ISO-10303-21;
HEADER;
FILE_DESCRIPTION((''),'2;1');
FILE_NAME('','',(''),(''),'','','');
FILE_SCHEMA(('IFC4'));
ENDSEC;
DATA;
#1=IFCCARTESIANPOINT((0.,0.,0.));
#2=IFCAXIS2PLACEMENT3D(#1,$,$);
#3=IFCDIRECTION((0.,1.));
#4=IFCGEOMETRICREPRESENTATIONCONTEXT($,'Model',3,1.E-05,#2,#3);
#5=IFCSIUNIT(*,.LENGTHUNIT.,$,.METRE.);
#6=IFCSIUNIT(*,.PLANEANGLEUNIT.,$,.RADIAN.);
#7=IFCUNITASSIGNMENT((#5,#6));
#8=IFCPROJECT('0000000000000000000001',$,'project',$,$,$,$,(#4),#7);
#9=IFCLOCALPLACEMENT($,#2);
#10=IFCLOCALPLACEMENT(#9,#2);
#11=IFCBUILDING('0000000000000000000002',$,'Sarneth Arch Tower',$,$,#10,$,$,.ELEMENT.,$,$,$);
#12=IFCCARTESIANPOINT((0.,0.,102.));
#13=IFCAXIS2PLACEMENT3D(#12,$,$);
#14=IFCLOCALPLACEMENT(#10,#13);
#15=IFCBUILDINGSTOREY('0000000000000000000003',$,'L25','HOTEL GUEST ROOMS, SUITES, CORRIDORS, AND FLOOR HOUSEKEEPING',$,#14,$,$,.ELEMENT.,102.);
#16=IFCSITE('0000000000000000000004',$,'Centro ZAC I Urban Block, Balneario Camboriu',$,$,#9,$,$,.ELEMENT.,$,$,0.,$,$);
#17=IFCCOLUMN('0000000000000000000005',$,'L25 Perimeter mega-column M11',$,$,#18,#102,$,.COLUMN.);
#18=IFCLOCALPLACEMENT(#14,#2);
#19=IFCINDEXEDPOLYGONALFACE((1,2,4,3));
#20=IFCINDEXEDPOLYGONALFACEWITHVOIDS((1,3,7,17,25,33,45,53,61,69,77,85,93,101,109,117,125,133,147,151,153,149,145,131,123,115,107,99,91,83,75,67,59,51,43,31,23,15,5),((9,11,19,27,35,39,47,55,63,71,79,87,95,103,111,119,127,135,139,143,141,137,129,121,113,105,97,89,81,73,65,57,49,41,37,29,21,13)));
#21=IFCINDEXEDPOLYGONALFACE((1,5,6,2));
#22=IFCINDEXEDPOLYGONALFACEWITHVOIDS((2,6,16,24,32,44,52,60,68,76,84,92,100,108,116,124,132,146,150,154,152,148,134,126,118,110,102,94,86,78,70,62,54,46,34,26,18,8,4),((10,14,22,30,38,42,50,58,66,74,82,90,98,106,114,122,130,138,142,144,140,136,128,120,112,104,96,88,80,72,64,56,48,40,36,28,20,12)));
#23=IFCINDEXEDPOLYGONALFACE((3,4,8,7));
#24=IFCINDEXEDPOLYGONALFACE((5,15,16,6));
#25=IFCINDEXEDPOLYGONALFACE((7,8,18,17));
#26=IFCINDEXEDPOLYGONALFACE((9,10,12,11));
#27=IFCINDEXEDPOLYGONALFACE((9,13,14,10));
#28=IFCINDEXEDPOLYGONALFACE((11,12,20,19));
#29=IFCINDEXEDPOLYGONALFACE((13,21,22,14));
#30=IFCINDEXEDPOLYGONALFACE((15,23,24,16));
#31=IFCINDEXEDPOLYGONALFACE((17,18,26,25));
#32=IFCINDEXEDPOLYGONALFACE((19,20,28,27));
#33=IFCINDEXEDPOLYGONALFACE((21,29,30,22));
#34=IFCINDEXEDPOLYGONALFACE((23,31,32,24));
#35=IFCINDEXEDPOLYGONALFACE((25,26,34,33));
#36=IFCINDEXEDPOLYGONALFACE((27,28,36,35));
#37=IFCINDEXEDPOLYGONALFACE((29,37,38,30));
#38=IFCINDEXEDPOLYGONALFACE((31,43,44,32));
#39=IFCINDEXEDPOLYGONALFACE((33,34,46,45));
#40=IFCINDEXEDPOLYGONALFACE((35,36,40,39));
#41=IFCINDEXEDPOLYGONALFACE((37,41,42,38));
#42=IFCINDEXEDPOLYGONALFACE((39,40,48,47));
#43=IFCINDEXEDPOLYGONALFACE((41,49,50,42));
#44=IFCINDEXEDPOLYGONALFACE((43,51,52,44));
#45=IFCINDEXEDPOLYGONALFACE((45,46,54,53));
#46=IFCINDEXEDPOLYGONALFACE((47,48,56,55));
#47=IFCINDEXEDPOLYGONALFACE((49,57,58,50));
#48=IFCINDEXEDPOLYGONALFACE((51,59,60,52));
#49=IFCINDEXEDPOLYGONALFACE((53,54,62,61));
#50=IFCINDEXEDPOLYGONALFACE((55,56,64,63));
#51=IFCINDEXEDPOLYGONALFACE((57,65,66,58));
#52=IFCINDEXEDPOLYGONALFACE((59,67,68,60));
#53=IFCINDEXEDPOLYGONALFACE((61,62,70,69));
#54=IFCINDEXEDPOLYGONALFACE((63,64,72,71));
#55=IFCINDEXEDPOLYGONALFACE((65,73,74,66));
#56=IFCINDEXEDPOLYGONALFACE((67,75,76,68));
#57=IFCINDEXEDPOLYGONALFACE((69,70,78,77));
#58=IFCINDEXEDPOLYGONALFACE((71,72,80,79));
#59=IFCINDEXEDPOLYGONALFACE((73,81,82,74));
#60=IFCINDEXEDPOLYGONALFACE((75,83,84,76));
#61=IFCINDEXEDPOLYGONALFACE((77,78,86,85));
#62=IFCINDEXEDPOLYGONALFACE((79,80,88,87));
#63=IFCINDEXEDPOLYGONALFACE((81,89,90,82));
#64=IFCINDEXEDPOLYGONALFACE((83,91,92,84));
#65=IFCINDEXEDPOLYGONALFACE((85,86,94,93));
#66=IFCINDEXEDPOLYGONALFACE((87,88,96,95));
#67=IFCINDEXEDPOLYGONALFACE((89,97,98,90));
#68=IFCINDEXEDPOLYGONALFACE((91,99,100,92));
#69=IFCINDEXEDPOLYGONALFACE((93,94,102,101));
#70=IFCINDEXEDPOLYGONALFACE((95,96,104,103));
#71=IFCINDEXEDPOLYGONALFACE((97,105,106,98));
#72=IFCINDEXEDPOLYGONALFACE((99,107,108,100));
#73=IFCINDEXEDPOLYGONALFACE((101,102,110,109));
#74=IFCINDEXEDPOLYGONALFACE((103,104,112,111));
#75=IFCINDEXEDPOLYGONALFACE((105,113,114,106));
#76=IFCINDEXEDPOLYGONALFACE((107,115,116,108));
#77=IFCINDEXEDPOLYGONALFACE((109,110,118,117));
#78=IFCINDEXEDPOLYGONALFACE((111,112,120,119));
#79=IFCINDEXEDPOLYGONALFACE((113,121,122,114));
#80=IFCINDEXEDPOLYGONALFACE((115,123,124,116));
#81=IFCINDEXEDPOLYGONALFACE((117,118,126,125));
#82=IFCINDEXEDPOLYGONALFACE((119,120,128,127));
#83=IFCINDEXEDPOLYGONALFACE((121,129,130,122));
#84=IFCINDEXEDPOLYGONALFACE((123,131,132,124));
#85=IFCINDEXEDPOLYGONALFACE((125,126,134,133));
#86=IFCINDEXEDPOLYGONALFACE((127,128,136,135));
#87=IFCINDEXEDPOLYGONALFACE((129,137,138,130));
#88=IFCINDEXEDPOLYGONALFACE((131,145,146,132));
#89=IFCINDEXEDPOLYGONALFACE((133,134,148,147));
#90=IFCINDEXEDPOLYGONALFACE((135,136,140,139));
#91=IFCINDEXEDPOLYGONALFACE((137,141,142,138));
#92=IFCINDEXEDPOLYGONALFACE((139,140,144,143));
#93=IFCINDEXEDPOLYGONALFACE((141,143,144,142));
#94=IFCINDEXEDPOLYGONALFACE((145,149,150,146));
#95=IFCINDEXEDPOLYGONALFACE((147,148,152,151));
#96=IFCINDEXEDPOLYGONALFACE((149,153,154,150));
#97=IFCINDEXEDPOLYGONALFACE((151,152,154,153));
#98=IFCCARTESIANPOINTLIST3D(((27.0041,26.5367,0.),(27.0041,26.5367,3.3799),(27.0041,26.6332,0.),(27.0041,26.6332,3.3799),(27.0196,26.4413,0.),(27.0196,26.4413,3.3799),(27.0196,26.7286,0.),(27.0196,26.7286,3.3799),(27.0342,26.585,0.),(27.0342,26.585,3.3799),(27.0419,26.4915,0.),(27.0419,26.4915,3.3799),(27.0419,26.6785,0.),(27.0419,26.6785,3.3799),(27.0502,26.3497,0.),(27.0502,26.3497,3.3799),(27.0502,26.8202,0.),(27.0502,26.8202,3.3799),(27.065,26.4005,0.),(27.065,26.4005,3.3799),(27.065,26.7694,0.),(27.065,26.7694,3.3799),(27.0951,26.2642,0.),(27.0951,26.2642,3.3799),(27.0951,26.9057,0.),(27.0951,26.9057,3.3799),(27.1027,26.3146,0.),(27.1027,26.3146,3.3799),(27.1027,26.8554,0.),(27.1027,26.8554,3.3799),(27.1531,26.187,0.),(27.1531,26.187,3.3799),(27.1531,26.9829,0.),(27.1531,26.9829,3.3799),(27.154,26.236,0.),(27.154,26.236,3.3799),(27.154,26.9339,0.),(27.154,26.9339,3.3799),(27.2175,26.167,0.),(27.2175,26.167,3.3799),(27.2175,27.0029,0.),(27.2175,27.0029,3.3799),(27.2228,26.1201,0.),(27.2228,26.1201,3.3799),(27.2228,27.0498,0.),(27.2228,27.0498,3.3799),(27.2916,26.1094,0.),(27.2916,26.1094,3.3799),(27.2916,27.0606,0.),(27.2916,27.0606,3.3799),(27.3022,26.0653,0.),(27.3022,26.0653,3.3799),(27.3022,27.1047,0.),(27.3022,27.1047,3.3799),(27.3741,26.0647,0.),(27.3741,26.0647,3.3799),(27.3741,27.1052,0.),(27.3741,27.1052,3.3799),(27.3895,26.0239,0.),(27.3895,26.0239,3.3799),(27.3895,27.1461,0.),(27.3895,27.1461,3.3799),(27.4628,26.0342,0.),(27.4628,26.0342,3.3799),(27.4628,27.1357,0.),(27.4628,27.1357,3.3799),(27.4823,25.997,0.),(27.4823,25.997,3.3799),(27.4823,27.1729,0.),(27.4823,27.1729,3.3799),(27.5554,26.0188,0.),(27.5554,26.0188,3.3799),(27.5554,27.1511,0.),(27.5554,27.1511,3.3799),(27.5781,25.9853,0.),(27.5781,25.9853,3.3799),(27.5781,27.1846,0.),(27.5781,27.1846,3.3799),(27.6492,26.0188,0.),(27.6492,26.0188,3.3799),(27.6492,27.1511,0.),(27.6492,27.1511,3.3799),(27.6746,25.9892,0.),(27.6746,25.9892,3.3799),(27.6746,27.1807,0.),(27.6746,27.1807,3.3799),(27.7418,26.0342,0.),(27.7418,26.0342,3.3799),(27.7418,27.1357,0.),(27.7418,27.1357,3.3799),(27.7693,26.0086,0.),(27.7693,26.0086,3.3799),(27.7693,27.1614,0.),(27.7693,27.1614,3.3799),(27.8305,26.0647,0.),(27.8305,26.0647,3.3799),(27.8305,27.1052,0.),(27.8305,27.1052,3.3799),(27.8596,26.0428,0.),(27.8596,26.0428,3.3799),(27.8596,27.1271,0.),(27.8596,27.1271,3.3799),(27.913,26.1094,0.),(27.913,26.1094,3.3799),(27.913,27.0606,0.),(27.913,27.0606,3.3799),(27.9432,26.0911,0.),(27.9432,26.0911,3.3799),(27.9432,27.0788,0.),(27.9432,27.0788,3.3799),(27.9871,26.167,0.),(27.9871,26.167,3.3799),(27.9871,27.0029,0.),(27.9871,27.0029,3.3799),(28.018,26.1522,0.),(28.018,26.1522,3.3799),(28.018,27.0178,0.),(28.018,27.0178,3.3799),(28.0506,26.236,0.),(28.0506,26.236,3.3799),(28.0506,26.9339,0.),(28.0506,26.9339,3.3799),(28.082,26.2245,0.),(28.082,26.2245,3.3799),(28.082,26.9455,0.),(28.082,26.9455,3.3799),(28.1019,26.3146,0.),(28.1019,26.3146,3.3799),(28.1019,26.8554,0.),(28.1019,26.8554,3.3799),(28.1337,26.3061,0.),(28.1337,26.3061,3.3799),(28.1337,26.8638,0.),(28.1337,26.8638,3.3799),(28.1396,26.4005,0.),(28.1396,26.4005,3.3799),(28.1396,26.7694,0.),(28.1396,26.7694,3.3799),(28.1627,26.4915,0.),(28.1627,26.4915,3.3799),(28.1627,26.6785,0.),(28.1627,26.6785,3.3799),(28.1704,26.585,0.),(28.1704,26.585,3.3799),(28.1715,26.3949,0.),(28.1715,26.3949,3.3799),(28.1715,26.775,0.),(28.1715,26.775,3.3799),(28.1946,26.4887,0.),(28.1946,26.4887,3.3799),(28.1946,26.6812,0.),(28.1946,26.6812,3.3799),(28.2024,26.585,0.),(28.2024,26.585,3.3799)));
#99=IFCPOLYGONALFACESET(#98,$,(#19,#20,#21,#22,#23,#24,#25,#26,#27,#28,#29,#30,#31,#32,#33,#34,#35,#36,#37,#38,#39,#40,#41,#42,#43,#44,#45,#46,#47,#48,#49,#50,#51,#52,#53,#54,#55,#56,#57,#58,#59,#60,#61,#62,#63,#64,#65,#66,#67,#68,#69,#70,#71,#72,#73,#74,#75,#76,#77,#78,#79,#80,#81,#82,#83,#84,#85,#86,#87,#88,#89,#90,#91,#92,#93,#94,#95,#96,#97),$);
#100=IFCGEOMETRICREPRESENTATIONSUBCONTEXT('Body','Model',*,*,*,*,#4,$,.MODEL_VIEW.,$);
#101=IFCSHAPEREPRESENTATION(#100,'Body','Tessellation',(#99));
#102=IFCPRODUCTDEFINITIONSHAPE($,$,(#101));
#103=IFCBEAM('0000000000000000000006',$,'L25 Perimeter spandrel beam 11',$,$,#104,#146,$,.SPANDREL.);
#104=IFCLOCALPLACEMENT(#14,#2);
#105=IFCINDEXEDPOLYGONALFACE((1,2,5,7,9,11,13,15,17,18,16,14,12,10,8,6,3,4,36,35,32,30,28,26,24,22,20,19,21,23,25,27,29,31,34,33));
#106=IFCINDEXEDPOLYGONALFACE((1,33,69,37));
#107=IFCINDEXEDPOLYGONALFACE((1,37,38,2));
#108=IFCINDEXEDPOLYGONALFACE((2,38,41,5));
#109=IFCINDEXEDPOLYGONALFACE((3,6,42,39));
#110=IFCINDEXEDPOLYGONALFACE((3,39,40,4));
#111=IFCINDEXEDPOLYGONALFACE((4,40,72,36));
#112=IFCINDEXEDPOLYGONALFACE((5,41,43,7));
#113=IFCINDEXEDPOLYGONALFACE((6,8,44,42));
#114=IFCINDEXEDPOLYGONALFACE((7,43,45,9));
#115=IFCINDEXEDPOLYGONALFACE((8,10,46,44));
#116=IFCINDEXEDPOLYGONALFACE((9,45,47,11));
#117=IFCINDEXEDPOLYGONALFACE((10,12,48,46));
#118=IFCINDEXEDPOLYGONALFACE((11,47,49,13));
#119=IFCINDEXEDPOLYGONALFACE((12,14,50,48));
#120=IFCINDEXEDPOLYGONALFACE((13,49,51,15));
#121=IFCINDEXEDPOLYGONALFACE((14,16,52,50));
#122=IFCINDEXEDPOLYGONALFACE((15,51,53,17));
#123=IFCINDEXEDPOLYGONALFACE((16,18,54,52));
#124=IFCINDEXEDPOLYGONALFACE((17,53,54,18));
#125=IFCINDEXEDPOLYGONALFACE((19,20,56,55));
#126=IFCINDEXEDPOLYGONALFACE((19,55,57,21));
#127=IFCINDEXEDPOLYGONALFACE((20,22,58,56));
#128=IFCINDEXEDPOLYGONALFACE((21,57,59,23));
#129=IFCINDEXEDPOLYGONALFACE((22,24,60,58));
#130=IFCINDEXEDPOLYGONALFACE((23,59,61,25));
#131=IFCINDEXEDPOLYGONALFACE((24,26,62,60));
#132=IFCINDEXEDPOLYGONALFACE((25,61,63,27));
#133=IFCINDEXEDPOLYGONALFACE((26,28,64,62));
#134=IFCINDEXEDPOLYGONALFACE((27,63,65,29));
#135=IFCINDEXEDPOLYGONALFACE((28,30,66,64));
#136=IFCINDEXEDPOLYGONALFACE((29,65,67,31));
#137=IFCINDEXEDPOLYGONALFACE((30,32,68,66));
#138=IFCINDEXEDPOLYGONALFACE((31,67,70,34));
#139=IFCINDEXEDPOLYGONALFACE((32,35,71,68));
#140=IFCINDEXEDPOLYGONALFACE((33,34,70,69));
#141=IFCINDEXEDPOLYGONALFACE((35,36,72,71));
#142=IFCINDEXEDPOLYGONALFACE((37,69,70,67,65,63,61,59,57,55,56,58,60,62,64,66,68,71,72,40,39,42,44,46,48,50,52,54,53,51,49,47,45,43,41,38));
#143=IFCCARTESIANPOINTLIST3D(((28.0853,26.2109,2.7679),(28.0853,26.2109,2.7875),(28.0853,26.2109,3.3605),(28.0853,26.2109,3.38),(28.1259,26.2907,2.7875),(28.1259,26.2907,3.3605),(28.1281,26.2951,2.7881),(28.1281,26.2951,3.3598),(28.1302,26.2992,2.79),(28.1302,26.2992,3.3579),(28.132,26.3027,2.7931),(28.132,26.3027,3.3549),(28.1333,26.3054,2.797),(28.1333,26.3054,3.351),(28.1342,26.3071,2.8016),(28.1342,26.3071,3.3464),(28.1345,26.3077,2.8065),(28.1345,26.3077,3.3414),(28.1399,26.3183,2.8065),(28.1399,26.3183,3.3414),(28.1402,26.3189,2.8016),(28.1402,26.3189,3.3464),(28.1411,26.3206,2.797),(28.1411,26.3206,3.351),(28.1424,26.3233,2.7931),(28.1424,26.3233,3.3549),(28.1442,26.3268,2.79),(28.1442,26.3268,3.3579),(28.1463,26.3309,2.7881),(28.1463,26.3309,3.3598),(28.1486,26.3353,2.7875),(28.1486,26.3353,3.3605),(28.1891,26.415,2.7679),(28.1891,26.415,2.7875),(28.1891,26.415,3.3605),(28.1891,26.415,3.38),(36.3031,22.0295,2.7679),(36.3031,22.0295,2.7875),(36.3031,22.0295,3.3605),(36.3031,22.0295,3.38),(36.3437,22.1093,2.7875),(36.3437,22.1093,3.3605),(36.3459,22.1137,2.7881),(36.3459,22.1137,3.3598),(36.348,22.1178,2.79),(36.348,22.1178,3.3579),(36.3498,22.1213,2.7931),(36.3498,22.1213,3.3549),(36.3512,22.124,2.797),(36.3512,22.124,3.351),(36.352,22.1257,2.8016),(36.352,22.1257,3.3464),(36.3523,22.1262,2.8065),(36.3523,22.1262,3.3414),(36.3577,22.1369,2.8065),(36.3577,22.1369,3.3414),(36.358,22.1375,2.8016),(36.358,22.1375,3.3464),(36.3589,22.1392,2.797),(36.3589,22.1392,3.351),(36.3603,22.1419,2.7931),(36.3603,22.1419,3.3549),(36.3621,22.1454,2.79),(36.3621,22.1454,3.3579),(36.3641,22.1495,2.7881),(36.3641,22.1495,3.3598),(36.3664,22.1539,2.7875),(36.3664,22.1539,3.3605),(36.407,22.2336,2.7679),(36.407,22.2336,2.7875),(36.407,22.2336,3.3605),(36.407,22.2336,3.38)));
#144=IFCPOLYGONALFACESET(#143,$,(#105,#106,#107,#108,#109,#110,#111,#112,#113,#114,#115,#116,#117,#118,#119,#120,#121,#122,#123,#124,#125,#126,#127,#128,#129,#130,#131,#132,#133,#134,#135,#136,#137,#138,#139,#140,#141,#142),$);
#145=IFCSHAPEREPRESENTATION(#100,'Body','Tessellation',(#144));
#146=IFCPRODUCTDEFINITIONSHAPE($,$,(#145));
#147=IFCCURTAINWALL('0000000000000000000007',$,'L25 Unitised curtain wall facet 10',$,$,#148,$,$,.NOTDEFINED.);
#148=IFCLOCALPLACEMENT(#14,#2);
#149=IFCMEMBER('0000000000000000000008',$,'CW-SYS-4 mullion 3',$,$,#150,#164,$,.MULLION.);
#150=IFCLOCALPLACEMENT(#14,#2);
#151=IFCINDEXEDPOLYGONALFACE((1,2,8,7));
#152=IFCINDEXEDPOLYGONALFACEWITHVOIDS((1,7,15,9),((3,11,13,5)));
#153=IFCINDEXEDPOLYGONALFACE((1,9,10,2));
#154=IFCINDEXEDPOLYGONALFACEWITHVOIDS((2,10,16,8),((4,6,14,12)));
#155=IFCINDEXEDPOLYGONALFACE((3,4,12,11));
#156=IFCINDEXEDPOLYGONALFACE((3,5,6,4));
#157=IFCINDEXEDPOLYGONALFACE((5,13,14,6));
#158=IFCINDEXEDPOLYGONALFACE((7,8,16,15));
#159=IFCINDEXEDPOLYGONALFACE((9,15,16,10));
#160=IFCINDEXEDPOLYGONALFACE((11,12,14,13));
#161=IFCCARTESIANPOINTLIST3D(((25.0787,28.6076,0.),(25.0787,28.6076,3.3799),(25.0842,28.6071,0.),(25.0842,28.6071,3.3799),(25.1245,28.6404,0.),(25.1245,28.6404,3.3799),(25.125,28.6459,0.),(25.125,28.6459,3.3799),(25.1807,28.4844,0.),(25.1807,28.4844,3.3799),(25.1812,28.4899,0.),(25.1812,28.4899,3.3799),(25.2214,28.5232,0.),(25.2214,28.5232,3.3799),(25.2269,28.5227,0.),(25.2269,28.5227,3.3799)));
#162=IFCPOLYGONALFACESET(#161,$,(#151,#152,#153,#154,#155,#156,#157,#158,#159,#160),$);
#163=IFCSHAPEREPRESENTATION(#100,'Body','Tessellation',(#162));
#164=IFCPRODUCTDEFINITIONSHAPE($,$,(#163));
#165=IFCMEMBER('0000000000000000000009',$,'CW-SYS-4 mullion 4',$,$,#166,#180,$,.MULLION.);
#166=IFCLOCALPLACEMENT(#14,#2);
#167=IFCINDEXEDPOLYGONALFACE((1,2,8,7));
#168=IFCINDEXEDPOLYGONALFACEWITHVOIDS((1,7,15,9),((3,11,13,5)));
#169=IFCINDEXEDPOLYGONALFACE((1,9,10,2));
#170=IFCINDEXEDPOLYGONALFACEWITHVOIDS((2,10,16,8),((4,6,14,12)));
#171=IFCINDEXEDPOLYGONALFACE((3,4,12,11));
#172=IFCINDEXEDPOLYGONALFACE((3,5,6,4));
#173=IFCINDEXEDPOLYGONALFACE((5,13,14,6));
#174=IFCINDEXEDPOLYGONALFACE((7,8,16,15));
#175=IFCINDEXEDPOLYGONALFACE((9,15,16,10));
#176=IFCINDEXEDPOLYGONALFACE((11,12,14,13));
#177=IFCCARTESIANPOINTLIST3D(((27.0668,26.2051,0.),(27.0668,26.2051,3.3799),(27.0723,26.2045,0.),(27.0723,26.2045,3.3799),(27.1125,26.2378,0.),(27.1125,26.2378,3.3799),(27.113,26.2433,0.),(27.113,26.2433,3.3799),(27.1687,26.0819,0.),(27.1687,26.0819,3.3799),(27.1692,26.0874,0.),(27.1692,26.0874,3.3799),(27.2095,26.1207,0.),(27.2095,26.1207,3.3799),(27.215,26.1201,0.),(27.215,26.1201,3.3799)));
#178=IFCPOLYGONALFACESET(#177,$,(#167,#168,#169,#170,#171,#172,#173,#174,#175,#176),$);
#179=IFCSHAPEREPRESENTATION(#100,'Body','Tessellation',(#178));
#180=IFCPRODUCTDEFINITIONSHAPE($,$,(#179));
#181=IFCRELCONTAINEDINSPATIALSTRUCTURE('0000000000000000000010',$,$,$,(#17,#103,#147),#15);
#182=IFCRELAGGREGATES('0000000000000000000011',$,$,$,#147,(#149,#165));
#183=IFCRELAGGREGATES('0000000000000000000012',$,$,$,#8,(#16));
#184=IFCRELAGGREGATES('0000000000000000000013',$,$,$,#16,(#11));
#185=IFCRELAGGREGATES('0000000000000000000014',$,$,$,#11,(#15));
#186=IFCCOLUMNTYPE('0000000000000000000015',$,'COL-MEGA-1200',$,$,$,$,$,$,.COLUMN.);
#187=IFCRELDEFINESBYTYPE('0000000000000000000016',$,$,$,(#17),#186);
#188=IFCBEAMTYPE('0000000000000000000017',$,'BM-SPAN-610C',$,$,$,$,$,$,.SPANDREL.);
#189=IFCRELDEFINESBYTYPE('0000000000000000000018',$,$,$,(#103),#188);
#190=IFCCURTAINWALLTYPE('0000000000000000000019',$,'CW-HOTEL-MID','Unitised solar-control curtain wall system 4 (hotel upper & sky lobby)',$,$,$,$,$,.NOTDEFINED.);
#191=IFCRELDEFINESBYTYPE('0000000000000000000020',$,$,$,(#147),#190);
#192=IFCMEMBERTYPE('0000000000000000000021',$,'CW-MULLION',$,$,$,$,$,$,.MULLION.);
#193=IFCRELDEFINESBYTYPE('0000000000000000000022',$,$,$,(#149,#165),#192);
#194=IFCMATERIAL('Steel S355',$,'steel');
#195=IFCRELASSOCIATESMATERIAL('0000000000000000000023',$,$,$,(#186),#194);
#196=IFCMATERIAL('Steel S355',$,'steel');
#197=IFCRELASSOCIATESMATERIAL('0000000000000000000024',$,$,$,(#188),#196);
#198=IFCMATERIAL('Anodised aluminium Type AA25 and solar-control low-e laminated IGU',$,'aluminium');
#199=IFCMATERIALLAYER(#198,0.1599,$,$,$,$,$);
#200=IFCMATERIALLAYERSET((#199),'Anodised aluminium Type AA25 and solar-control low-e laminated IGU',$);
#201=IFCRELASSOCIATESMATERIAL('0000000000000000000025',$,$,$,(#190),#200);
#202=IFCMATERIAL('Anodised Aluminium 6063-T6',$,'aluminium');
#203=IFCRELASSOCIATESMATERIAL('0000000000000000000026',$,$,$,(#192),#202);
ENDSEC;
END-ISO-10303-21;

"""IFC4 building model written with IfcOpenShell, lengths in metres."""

from ifc_helpers import new_model, si_unit, direction, frame, origin, origin_2d, place, context, subcontext, project, spatial, hollow_rectangle, hollow_circle, i_section, extrude, material, layer, layer_set, material_profile, profile_set, type_object, element, aggregate, save


model = new_model("IFC4")

# Units and contexts
model_context = context("Model", 3, precision=1e-05, world=origin(), true_north=direction((0.0, 1.0)))
body_context = subcontext(model_context, "Body", "Model", "MODEL_VIEW")
ifc_project = project(units=[si_unit("LENGTHUNIT", "METRE"), si_unit("PLANEANGLEUNIT", "RADIAN")], contexts=[model_context])

# Site, building, storey
site_placement = place(None, origin())
site = spatial("IfcSite", under=ifc_project, at=site_placement, Name="Centro ZAC I Urban Block, Balneario Camboriu", CompositionType="ELEMENT", RefElevation=0.0)
building_placement = place(site_placement, origin())
building = spatial("IfcBuilding", under=site, at=building_placement, Name="Sarneth Arch Tower", CompositionType="ELEMENT")
storey_placement = place(building_placement, frame((0.0, 0.0, 102.0)))
storey = spatial("IfcBuildingStorey", under=building, at=storey_placement, Name="L25", Description="HOTEL GUEST ROOMS, SUITES, CORRIDORS, AND FLOOR HOUSEKEEPING", CompositionType="ELEMENT", Elevation=102.0)

# Column
ifc_material_1 = material(Name="Steel S355", Category="steel")
ifc_material_profile_1 = material_profile(ifc_material_1, hollow_circle(Radius=0.6001, WallThickness=0.032, at=origin_2d()), Name="CHS1200x32")
ifc_profile_set_1 = profile_set([ifc_material_profile_1], Name="Steel S355")
column_type = type_object("IfcColumnType", Name="COL-MEGA-1200", PredefinedType="COLUMN", material=ifc_profile_set_1)
column_placement = place(storey_placement, frame((27.6023, 26.585, 0.0), z_axis=(0.0, 0.0, 1.0), x_axis=(1.0, 0.0, 0.0)))
element("IfcColumn", 1, at=column_placement, inside=storey, type_object=column_type, Name="L25 Perimeter mega-column M11", PredefinedType="COLUMN", context=body_context, shape_type="SweptSolid", body=[
    extrude(hollow_circle(Radius=0.6001, WallThickness=0.032, at=origin_2d()), origin(), (0.0, 0.0, 1.0), 3.3799),
])

# Beam
ifc_material_2 = material(Name="Steel S355", Category="steel")
ifc_material_profile_2 = material_profile(ifc_material_2, i_section(OverallWidth=0.229, OverallDepth=0.6121, WebThickness=0.012, FlangeThickness=0.0195, FilletRadius=0.019, at=origin_2d()), Name="W610x125")
ifc_profile_set_2 = profile_set([ifc_material_profile_2], Name="Steel S355")
beam_type = type_object("IfcBeamType", Name="BM-SPAN-610C", PredefinedType="SPANDREL", material=ifc_profile_set_2)
beam_placement = place(storey_placement, frame((28.1372, 26.313, 3.074), z_axis=(0.891259, -0.453494, 0.0), x_axis=(0.453494, 0.891259, 0.0)))
element("IfcBeam", 2, at=beam_placement, inside=storey, type_object=beam_type, Name="L25 Perimeter spandrel beam 11", PredefinedType="SPANDREL", context=body_context, shape_type="SweptSolid", body=[
    extrude(i_section(OverallWidth=0.229, OverallDepth=0.6121, WebThickness=0.012, FlangeThickness=0.0195, FilletRadius=0.019, at=origin_2d()), origin(), (0.0, 0.0, 1.0), 9.2205),
])

# Curtain wall, members
ifc_material_3 = material(Name="Anodised aluminium Type AA25 and solar-control low-e laminated IGU", Category="aluminium")
ifc_layer_1 = layer(ifc_material_3, 0.1599)
ifc_layer_set_1 = layer_set([ifc_layer_1], Name="Anodised aluminium Type AA25 and solar-control low-e laminated IGU")
curtain_wall_type = type_object("IfcCurtainWallType", Name="CW-HOTEL-MID", Description="Unitised solar-control curtain wall system 4 (hotel upper & sky lobby)", PredefinedType="NOTDEFINED", material=ifc_layer_set_1)
curtain_wall_placement = place(storey_placement, origin())
curtain_wall = element("IfcCurtainWall", 3, at=curtain_wall_placement, inside=storey, type_object=curtain_wall_type, Name="L25 Unitised curtain wall facet 10", PredefinedType="NOTDEFINED")
ifc_material_4 = material(Name="Anodised Aluminium 6063-T6", Category="aluminium")
ifc_material_profile_3 = material_profile(ifc_material_4, hollow_rectangle(XDim=0.0601, YDim=0.1599, WallThickness=0.0039, at=origin_2d()), Name="AL-MULL-160x60x4")
ifc_profile_set_3 = profile_set([ifc_material_profile_3], Name="Anodised Aluminium 6063-T6")
member_type_1 = type_object("IfcMemberType", Name="CW-MULLION", PredefinedType="MULLION", material=ifc_profile_set_3)
member_1_placement = place(storey_placement, frame((25.1528, 28.5652, 0.0), z_axis=(0.0, 0.0, 1.0), x_axis=(0.770438, 0.637515, 0.0)))
member_1 = element("IfcMember", 4, at=member_1_placement, type_object=member_type_1, Name="CW-SYS-4 mullion 3", PredefinedType="MULLION", context=body_context, shape_type="SweptSolid", body=[
    extrude(hollow_rectangle(XDim=0.0601, YDim=0.1599, WallThickness=0.0039, at=origin_2d()), origin(), (0.0, 0.0, 1.0), 3.3799),
])
member_2_placement = place(storey_placement, frame((27.1409, 26.1626, 0.0), z_axis=(0.0, 0.0, 1.0), x_axis=(0.770438, 0.637515, 0.0)))
member_2 = element("IfcMember", 5, at=member_2_placement, type_object=member_type_1, Name="CW-SYS-4 mullion 4", PredefinedType="MULLION", context=body_context, shape_type="SweptSolid", body=[
    extrude(hollow_rectangle(XDim=0.0601, YDim=0.1599, WallThickness=0.0039, at=origin_2d()), origin(), (0.0, 0.0, 1.0), 3.3799),
])

aggregate(curtain_wall, [member_1, member_2])

save(model, "model.ifc")
